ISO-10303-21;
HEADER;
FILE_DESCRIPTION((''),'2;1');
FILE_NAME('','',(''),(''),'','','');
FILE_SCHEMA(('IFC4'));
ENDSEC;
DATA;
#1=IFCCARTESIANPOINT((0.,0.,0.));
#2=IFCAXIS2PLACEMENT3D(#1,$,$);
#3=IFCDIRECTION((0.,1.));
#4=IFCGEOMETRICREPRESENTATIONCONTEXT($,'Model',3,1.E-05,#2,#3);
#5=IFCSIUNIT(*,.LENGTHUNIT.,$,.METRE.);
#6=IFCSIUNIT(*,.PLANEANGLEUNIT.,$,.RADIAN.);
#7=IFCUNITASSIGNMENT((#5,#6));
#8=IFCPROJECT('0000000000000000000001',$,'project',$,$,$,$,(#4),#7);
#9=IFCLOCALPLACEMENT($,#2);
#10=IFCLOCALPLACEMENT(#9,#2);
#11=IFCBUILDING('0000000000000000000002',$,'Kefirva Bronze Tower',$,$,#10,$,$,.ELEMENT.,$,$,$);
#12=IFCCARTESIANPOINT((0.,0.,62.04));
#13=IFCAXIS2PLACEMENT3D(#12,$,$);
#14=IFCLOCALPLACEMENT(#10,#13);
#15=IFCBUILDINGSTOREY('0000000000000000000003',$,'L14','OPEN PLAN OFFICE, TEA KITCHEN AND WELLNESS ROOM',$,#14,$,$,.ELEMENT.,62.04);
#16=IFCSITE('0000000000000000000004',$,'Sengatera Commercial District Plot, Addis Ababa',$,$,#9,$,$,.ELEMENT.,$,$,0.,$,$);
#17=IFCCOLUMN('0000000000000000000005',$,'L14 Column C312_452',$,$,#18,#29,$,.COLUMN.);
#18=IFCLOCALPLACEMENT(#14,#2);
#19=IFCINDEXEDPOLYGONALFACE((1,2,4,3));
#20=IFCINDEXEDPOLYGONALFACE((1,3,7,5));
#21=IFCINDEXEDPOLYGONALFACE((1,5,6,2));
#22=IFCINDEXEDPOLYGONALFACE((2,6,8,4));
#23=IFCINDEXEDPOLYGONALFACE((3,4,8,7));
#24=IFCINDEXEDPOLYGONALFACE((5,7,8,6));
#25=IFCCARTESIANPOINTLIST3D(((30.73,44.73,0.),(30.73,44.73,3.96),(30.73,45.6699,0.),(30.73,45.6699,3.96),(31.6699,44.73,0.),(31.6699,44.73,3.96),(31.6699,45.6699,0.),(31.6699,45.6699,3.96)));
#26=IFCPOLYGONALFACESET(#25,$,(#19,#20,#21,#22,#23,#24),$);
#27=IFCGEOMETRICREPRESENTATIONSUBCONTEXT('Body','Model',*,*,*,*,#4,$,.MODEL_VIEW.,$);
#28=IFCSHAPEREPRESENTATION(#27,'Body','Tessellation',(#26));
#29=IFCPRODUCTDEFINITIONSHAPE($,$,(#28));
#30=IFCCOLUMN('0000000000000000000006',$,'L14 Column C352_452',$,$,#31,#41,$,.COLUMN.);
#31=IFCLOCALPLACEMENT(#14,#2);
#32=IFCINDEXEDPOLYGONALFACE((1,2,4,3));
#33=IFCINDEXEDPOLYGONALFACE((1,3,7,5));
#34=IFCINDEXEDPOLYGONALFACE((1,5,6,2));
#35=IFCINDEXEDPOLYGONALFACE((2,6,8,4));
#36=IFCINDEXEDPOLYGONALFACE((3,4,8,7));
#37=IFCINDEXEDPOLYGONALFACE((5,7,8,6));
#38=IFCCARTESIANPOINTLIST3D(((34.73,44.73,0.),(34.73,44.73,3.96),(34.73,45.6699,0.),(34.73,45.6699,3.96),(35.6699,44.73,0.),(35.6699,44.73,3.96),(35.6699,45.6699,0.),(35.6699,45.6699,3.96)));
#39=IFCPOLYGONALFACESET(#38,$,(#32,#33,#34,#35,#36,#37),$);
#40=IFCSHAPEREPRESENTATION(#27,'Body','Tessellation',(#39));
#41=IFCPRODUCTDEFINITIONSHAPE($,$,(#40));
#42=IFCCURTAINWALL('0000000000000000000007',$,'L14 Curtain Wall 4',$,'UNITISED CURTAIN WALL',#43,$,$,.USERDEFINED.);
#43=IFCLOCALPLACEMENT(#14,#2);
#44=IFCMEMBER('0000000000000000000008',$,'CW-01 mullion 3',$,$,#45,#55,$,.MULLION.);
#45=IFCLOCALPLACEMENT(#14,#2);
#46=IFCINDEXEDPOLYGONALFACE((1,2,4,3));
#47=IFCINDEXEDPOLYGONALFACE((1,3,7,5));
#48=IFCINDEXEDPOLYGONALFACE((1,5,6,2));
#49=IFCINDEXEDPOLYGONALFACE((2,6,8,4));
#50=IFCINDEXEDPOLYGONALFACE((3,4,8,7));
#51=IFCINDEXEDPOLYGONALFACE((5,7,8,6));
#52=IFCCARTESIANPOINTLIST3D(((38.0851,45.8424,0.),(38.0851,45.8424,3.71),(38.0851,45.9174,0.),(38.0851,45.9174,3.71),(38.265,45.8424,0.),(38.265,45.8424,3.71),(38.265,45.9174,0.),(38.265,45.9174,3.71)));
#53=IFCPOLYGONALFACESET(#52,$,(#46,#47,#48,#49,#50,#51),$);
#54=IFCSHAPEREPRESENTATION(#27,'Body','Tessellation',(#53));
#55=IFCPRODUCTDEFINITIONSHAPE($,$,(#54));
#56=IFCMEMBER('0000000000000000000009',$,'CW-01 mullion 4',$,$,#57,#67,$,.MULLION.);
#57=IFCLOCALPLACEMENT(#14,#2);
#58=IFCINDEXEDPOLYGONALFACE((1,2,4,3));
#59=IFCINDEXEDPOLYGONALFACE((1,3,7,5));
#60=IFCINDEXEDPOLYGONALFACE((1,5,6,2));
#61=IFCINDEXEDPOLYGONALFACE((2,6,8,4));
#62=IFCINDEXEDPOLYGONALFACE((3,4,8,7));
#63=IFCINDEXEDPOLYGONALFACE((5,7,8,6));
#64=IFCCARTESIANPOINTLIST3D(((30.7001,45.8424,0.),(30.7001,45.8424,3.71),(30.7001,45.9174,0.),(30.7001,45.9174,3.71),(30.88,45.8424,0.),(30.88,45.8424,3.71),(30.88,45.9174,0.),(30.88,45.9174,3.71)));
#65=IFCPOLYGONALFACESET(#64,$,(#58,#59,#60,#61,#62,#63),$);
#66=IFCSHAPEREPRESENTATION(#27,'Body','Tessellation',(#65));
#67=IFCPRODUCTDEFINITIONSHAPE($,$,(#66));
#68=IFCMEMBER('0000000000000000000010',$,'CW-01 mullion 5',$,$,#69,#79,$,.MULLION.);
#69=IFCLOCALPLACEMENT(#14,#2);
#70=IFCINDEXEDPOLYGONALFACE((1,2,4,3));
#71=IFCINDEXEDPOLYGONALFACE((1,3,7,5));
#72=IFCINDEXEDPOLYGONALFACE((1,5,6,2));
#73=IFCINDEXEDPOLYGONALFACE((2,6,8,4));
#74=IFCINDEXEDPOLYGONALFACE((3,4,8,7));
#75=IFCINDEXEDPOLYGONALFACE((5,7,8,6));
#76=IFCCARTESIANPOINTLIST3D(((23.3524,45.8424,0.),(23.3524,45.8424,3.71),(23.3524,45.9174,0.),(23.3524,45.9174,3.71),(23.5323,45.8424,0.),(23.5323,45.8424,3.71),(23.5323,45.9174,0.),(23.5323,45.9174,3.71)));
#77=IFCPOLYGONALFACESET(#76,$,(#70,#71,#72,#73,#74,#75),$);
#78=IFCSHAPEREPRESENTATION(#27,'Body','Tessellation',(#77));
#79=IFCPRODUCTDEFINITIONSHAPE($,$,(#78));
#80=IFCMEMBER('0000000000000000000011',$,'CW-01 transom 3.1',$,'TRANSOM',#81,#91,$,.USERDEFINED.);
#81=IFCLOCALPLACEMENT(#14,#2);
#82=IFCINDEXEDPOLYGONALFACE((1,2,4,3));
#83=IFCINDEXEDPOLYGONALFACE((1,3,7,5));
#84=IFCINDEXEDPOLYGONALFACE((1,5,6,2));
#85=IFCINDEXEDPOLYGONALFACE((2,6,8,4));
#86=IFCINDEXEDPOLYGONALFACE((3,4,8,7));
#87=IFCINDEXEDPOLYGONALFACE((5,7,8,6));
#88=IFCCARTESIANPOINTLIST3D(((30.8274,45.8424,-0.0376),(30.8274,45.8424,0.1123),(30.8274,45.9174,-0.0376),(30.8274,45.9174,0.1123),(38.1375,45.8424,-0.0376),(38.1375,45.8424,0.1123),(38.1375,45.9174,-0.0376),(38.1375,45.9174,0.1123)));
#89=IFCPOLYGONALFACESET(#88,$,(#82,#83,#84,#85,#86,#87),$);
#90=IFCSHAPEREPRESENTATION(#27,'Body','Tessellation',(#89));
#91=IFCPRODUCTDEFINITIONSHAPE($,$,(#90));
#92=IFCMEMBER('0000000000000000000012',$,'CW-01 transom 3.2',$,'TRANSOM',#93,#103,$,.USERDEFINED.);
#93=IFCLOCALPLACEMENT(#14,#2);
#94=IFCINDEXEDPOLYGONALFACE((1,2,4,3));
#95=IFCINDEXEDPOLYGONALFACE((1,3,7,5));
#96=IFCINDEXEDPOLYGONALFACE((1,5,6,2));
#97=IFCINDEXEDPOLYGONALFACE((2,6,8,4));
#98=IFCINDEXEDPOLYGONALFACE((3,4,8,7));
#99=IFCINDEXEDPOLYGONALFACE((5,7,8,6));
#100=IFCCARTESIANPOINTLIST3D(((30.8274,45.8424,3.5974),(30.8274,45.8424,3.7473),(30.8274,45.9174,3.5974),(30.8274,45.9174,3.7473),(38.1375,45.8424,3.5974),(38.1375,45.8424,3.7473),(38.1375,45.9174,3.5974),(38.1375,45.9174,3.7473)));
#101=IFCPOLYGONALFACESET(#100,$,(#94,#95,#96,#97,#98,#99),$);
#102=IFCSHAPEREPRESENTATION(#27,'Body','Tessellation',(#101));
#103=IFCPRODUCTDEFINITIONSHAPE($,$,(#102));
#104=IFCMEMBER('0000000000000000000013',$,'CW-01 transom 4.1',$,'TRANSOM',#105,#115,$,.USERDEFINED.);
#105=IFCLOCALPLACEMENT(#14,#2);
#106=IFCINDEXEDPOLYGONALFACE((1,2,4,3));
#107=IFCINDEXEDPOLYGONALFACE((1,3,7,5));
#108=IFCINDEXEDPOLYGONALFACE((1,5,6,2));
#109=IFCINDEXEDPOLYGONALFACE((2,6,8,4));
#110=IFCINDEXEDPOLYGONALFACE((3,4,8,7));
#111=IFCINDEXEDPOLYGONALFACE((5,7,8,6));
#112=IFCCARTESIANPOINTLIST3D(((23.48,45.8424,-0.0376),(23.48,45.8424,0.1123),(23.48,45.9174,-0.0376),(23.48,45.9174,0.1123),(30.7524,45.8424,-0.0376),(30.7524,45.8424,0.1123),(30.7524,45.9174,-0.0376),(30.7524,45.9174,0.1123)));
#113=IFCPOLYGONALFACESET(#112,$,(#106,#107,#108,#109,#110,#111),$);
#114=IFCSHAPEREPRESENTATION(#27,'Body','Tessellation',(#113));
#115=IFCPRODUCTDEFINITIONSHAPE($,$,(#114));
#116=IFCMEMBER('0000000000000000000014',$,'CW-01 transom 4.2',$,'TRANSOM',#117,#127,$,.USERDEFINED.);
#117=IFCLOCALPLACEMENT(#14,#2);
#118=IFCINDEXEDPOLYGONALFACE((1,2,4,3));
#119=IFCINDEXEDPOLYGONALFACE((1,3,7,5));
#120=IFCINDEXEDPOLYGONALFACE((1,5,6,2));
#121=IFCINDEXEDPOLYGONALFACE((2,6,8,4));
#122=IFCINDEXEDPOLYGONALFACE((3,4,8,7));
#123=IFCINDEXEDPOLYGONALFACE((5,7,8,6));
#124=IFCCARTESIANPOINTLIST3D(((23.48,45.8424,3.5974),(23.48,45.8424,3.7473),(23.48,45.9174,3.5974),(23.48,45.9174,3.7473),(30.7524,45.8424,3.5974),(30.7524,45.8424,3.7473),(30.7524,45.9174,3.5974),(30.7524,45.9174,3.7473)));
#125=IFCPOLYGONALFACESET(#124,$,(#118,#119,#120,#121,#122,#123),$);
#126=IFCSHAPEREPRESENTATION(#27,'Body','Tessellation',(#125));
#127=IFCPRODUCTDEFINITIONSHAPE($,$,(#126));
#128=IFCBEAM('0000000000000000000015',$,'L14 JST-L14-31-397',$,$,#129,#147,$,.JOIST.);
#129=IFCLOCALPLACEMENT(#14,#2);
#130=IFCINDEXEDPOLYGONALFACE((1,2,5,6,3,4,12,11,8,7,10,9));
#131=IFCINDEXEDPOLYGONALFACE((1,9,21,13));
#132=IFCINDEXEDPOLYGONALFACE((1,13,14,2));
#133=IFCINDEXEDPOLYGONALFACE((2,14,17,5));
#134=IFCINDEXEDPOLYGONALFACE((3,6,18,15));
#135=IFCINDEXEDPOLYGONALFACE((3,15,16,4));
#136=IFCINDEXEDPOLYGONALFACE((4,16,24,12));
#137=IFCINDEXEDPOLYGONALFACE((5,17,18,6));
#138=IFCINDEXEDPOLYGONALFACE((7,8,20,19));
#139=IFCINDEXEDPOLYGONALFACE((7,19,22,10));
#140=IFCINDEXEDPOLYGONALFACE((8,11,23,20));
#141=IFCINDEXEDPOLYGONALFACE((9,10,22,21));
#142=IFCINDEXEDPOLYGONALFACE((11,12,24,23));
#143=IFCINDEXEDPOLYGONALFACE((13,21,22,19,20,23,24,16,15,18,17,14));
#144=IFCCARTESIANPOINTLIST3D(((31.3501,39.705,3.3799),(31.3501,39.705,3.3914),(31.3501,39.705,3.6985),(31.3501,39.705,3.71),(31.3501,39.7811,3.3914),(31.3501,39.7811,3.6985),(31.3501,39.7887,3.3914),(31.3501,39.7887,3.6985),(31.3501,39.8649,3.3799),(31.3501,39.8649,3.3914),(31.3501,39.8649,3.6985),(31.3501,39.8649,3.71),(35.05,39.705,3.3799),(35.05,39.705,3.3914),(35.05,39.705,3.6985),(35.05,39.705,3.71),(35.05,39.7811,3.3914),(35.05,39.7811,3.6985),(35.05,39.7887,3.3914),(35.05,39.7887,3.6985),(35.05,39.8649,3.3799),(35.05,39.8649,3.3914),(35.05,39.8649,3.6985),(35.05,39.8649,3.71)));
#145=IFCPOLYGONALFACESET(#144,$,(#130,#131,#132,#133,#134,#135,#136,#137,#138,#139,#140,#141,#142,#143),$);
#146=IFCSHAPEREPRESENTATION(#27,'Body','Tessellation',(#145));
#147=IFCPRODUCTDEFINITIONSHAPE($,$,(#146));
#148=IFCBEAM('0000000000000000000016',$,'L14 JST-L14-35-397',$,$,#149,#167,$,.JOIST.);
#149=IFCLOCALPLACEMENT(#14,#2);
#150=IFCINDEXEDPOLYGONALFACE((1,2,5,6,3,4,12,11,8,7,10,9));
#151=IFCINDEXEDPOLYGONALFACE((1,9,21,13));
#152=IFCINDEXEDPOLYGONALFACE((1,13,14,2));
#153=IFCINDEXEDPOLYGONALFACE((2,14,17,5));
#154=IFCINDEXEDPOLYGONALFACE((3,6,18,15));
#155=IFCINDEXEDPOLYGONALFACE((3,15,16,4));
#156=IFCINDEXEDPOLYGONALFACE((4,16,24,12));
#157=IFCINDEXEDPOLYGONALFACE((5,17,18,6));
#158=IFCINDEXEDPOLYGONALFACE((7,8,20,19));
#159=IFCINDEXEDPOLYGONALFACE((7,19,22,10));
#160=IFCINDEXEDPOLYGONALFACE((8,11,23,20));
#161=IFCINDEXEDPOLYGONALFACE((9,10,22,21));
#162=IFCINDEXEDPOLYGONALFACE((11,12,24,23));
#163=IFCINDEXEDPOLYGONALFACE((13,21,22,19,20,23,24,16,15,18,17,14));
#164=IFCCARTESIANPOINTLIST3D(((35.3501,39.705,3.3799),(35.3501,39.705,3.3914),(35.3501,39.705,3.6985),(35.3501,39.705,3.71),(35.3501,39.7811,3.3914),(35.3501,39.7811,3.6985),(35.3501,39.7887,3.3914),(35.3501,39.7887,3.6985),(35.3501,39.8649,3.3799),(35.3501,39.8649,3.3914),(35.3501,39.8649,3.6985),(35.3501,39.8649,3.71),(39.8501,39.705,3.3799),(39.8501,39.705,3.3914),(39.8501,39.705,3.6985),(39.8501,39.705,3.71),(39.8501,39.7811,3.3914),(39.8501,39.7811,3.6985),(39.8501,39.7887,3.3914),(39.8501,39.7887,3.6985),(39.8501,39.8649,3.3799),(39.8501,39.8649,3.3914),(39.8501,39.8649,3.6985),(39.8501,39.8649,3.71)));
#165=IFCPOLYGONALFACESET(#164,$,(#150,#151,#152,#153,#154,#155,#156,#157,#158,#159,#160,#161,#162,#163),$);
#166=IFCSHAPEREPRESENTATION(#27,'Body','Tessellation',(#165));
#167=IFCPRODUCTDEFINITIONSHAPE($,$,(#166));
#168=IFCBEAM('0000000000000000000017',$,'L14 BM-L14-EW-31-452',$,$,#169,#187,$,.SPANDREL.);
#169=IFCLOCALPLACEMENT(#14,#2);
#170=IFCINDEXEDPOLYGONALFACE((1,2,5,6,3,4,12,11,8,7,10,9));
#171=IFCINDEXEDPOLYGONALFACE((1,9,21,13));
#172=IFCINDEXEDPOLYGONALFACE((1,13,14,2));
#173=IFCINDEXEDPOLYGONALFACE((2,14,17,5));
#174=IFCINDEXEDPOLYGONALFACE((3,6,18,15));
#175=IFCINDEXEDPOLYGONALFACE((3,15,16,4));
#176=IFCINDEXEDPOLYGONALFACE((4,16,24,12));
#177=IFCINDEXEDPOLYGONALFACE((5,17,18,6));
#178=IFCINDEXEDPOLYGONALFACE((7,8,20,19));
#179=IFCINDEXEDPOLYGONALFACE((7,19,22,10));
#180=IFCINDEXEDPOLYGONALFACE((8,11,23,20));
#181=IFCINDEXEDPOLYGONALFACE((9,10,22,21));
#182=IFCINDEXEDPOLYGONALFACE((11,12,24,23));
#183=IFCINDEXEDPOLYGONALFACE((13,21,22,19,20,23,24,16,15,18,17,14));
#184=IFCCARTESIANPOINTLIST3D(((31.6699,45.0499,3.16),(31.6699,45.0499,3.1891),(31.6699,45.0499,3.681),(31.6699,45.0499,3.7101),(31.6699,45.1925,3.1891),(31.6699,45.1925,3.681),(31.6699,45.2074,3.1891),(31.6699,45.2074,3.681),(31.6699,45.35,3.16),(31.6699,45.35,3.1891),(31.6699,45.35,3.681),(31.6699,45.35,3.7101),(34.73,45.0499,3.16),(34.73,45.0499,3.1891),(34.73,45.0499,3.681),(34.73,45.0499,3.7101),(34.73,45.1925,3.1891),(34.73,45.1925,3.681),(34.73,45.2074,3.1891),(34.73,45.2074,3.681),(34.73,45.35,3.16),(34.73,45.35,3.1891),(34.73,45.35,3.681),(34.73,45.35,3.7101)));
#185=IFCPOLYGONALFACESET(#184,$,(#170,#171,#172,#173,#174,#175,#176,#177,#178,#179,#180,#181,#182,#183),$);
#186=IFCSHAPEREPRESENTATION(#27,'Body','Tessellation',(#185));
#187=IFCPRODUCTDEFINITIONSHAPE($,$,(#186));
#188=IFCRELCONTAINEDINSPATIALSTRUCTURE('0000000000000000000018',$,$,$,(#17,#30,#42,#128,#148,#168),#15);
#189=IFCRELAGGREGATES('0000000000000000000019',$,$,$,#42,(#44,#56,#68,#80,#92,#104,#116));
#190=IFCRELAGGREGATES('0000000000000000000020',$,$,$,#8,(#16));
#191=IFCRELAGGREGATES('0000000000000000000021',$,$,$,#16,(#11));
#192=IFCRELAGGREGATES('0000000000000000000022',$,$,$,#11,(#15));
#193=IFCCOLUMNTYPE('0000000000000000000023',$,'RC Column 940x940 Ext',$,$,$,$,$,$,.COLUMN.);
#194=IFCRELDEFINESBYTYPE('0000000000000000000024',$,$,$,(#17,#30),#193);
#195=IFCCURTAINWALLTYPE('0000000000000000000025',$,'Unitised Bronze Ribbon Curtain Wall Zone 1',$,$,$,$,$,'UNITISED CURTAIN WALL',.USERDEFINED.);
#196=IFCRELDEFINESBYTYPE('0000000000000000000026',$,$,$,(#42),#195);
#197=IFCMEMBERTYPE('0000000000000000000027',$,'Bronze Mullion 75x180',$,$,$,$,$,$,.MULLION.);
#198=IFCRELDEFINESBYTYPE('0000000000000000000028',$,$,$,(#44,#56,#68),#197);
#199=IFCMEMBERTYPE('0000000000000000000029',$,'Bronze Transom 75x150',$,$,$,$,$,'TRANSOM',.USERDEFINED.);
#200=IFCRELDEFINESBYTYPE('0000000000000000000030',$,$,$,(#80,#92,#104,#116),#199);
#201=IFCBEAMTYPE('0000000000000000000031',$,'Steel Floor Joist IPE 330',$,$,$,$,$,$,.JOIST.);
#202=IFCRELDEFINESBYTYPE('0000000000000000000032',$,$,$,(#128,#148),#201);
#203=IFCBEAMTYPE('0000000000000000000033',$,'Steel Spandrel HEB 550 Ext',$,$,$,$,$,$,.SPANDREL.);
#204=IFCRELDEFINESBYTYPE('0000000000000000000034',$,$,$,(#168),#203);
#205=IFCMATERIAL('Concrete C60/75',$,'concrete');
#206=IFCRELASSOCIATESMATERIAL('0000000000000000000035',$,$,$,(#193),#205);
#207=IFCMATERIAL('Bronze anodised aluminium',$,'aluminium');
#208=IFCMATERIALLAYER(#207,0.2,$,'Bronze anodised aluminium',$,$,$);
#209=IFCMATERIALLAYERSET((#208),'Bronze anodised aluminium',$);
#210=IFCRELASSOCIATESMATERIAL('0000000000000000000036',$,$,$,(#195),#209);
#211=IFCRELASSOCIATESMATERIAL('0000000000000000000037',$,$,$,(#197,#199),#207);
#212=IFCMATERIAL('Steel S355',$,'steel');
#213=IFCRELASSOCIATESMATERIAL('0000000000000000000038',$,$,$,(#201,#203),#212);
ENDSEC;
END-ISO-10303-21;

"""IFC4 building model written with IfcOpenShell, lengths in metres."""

from ifc_helpers import new_model, si_unit, direction, frame, origin, origin_2d, place, context, subcontext, project, spatial, rectangle, i_section, extrude, material, layer, layer_set, material_profile, profile_set, type_object, element, aggregate, save


model = new_model("IFC4")

# Units and contexts
model_context = context("Model", 3, precision=1e-05, world=origin(), true_north=direction((0.0, 1.0)))
body_context = subcontext(model_context, "Body", "Model", "MODEL_VIEW")
ifc_project = project(units=[si_unit("LENGTHUNIT", "METRE"), si_unit("PLANEANGLEUNIT", "RADIAN")], contexts=[model_context])

# Site, building, storey
site_placement = place(None, origin())
site = spatial("IfcSite", under=ifc_project, at=site_placement, Name="Sengatera Commercial District Plot, Addis Ababa", CompositionType="ELEMENT", RefElevation=0.0)
building_placement = place(site_placement, origin())
building = spatial("IfcBuilding", under=site, at=building_placement, Name="Kefirva Bronze Tower", CompositionType="ELEMENT")
storey_placement = place(building_placement, frame((0.0, 0.0, 62.04)))
storey = spatial("IfcBuildingStorey", under=building, at=storey_placement, Name="L14", Description="OPEN PLAN OFFICE, TEA KITCHEN AND WELLNESS ROOM", CompositionType="ELEMENT", Elevation=62.04)

# Columns
ifc_material_1 = material(Name="Concrete C60/75", Category="concrete")
ifc_material_profile_1 = material_profile(ifc_material_1, rectangle(XDim=0.9399, YDim=0.9399, at=origin_2d()), Name="RC 940x940")
ifc_profile_set_1 = profile_set([ifc_material_profile_1], Name="Concrete C60/75")
column_type = type_object("IfcColumnType", Name="RC Column 940x940 Ext", PredefinedType="COLUMN", material=ifc_profile_set_1)
for number, where, z_axis, x_axis, name in (
    (1, (31.2, 45.2, 0.0), (0.0, 0.0, 1.0), (1.0, 0.0, 0.0), "L14 Column C312_452"),
    (2, (35.2, 45.2, 0.0), (0.0, 0.0, 1.0), (1.0, 0.0, 0.0), "L14 Column C352_452"),
):
    element("IfcColumn", number, at=place(storey_placement, frame(where, z_axis=z_axis, x_axis=x_axis)), inside=storey, type_object=column_type, Name=name, PredefinedType="COLUMN", context=body_context, shape_type="SweptSolid", body=[
        extrude(rectangle(XDim=0.9399, YDim=0.9399, at=origin_2d()), origin(), (0.0, 0.0, 1.0), 3.96),
    ])

# Curtain wall, members
ifc_material_2 = material(Name="Bronze anodised aluminium", Category="aluminium")
ifc_layer_1 = layer(ifc_material_2, 0.2, Name="Bronze anodised aluminium")
ifc_layer_set_1 = layer_set([ifc_layer_1], Name="Bronze anodised aluminium")
curtain_wall_type = type_object("IfcCurtainWallType", Name="Unitised Bronze Ribbon Curtain Wall Zone 1", ElementType="UNITISED CURTAIN WALL", PredefinedType="USERDEFINED", material=ifc_layer_set_1)
curtain_wall_placement = place(storey_placement, origin())
curtain_wall = element("IfcCurtainWall", 3, at=curtain_wall_placement, inside=storey, type_object=curtain_wall_type, Name="L14 Curtain Wall 4", ObjectType="UNITISED CURTAIN WALL", PredefinedType="USERDEFINED")
ifc_material_profile_2 = material_profile(ifc_material_2, rectangle(XDim=0.075, YDim=0.1799, at=origin_2d()), Name="ALU 75x180")
ifc_profile_set_2 = profile_set([ifc_material_profile_2], Name="Bronze anodised aluminium")
member_type_1 = type_object("IfcMemberType", Name="Bronze Mullion 75x180", PredefinedType="MULLION", material=ifc_profile_set_2)
member_1_placement = place(storey_placement, frame((38.175, 45.8799, 0.0), z_axis=(0.0, 0.0, 1.0), x_axis=(0.0, -1.0, 0.0)))
member_1 = element("IfcMember", 4, at=member_1_placement, type_object=member_type_1, Name="CW-01 mullion 3", PredefinedType="MULLION", context=body_context, shape_type="SweptSolid", body=[
    extrude(rectangle(XDim=0.075, YDim=0.1799, at=origin_2d()), origin(), (0.0, 0.0, 1.0), 3.71),
])
member_2_placement = place(storey_placement, frame((30.79, 45.8799, 0.0), z_axis=(0.0, 0.0, 1.0), x_axis=(0.0, -1.0, 0.0)))
member_2 = element("IfcMember", 5, at=member_2_placement, type_object=member_type_1, Name="CW-01 mullion 4", PredefinedType="MULLION", context=body_context, shape_type="SweptSolid", body=[
    extrude(rectangle(XDim=0.075, YDim=0.1799, at=origin_2d()), origin(), (0.0, 0.0, 1.0), 3.71),
])
member_3_placement = place(storey_placement, frame((23.4424, 45.8799, 0.0), z_axis=(0.0, 0.0, 1.0), x_axis=(0.0, -1.0, 0.0)))
member_3 = element("IfcMember", 6, at=member_3_placement, type_object=member_type_1, Name="CW-01 mullion 5", PredefinedType="MULLION", context=body_context, shape_type="SweptSolid", body=[
    extrude(rectangle(XDim=0.075, YDim=0.1799, at=origin_2d()), origin(), (0.0, 0.0, 1.0), 3.71),
])
ifc_material_profile_3 = material_profile(ifc_material_2, rectangle(XDim=0.075, YDim=0.1499, at=origin_2d()), Name="ALU 75x150")
ifc_profile_set_3 = profile_set([ifc_material_profile_3], Name="Bronze anodised aluminium")
member_type_2 = type_object("IfcMemberType", Name="Bronze Transom 75x150", ElementType="TRANSOM", PredefinedType="USERDEFINED", material=ifc_profile_set_3)
member_4_placement = place(storey_placement, frame((38.1375, 45.8799, 0.0374), z_axis=(-1.0, 0.0, 0.0), x_axis=(0.0, -1.0, 0.0)))
member_4 = element("IfcMember", 7, at=member_4_placement, type_object=member_type_2, Name="CW-01 transom 3.1", ObjectType="TRANSOM", PredefinedType="USERDEFINED", context=body_context, shape_type="SweptSolid", body=[
    extrude(rectangle(XDim=0.075, YDim=0.1499, at=origin_2d()), origin(), (0.0, 0.0, 1.0), 7.3101),
])
member_5_placement = place(storey_placement, frame((38.1375, 45.8799, 3.6724), z_axis=(-1.0, 0.0, 0.0), x_axis=(0.0, -1.0, 0.0)))
member_5 = element("IfcMember", 8, at=member_5_placement, type_object=member_type_2, Name="CW-01 transom 3.2", ObjectType="TRANSOM", PredefinedType="USERDEFINED", context=body_context, shape_type="SweptSolid", body=[
    extrude(rectangle(XDim=0.075, YDim=0.1499, at=origin_2d()), origin(), (0.0, 0.0, 1.0), 7.3101),
])
member_6_placement = place(storey_placement, frame((30.7524, 45.8799, 0.0374), z_axis=(-1.0, 0.0, 0.0), x_axis=(0.0, -1.0, 0.0)))
member_6 = element("IfcMember", 9, at=member_6_placement, type_object=member_type_2, Name="CW-01 transom 4.1", ObjectType="TRANSOM", PredefinedType="USERDEFINED", context=body_context, shape_type="SweptSolid", body=[
    extrude(rectangle(XDim=0.075, YDim=0.1499, at=origin_2d()), origin(), (0.0, 0.0, 1.0), 7.2725),
])
member_7_placement = place(storey_placement, frame((30.7524, 45.8799, 3.6724), z_axis=(-1.0, 0.0, 0.0), x_axis=(0.0, -1.0, 0.0)))
member_7 = element("IfcMember", 10, at=member_7_placement, type_object=member_type_2, Name="CW-01 transom 4.2", ObjectType="TRANSOM", PredefinedType="USERDEFINED", context=body_context, shape_type="SweptSolid", body=[
    extrude(rectangle(XDim=0.075, YDim=0.1499, at=origin_2d()), origin(), (0.0, 0.0, 1.0), 7.2725),
])

# Beams
ifc_material_3 = material(Name="Steel S355", Category="steel")
ifc_material_profile_4 = material_profile(ifc_material_3, i_section(OverallWidth=0.1599, OverallDepth=0.3301, WebThickness=0.0076, FlangeThickness=0.0115, at=origin_2d()), Name="IPE 330")
ifc_profile_set_4 = profile_set([ifc_material_profile_4], Name="Steel S355")
beam_type_1 = type_object("IfcBeamType", Name="Steel Floor Joist IPE 330", PredefinedType="JOIST", material=ifc_profile_set_4)
beam_1_placement = place(storey_placement, frame((31.3501, 39.7849, 3.5449), z_axis=(1.0, 0.0, 0.0), x_axis=(0.0, 1.0, 0.0)))
element("IfcBeam", 11, at=beam_1_placement, inside=storey, type_object=beam_type_1, Name="L14 JST-L14-31-397", PredefinedType="JOIST", context=body_context, shape_type="SweptSolid", body=[
    extrude(i_section(OverallWidth=0.1599, OverallDepth=0.3301, WebThickness=0.0076, FlangeThickness=0.0115, at=origin_2d()), origin(), (0.0, 0.0, 1.0), 3.7),
])
beam_2_placement = place(storey_placement, frame((35.3501, 39.7849, 3.5449), z_axis=(1.0, 0.0, 0.0), x_axis=(0.0, 1.0, 0.0)))
element("IfcBeam", 12, at=beam_2_placement, inside=storey, type_object=beam_type_1, Name="L14 JST-L14-35-397", PredefinedType="JOIST", context=body_context, shape_type="SweptSolid", body=[
    extrude(i_section(OverallWidth=0.1599, OverallDepth=0.3301, WebThickness=0.0076, FlangeThickness=0.0115, at=origin_2d()), origin(), (0.0, 0.0, 1.0), 4.5),
])
ifc_material_profile_5 = material_profile(ifc_material_3, i_section(OverallWidth=0.3, OverallDepth=0.55, WebThickness=0.0149, FlangeThickness=0.0291, at=origin_2d()), Name="HEB 550")
ifc_profile_set_5 = profile_set([ifc_material_profile_5], Name="Steel S355")
beam_type_2 = type_object("IfcBeamType", Name="Steel Spandrel HEB 550 Ext", PredefinedType="SPANDREL", material=ifc_profile_set_5)
beam_3_placement = place(storey_placement, frame((31.6699, 45.2, 3.4351), z_axis=(1.0, 0.0, 0.0), x_axis=(0.0, 1.0, 0.0)))
element("IfcBeam", 13, at=beam_3_placement, inside=storey, type_object=beam_type_2, Name="L14 BM-L14-EW-31-452", PredefinedType="SPANDREL", context=body_context, shape_type="SweptSolid", body=[
    extrude(i_section(OverallWidth=0.3, OverallDepth=0.55, WebThickness=0.0149, FlangeThickness=0.0291, at=origin_2d()), origin(), (0.0, 0.0, 1.0), 3.0601),
])

aggregate(curtain_wall, [member_1, member_2, member_3, member_4, member_5, member_6, member_7])

save(model, "model.ifc")
